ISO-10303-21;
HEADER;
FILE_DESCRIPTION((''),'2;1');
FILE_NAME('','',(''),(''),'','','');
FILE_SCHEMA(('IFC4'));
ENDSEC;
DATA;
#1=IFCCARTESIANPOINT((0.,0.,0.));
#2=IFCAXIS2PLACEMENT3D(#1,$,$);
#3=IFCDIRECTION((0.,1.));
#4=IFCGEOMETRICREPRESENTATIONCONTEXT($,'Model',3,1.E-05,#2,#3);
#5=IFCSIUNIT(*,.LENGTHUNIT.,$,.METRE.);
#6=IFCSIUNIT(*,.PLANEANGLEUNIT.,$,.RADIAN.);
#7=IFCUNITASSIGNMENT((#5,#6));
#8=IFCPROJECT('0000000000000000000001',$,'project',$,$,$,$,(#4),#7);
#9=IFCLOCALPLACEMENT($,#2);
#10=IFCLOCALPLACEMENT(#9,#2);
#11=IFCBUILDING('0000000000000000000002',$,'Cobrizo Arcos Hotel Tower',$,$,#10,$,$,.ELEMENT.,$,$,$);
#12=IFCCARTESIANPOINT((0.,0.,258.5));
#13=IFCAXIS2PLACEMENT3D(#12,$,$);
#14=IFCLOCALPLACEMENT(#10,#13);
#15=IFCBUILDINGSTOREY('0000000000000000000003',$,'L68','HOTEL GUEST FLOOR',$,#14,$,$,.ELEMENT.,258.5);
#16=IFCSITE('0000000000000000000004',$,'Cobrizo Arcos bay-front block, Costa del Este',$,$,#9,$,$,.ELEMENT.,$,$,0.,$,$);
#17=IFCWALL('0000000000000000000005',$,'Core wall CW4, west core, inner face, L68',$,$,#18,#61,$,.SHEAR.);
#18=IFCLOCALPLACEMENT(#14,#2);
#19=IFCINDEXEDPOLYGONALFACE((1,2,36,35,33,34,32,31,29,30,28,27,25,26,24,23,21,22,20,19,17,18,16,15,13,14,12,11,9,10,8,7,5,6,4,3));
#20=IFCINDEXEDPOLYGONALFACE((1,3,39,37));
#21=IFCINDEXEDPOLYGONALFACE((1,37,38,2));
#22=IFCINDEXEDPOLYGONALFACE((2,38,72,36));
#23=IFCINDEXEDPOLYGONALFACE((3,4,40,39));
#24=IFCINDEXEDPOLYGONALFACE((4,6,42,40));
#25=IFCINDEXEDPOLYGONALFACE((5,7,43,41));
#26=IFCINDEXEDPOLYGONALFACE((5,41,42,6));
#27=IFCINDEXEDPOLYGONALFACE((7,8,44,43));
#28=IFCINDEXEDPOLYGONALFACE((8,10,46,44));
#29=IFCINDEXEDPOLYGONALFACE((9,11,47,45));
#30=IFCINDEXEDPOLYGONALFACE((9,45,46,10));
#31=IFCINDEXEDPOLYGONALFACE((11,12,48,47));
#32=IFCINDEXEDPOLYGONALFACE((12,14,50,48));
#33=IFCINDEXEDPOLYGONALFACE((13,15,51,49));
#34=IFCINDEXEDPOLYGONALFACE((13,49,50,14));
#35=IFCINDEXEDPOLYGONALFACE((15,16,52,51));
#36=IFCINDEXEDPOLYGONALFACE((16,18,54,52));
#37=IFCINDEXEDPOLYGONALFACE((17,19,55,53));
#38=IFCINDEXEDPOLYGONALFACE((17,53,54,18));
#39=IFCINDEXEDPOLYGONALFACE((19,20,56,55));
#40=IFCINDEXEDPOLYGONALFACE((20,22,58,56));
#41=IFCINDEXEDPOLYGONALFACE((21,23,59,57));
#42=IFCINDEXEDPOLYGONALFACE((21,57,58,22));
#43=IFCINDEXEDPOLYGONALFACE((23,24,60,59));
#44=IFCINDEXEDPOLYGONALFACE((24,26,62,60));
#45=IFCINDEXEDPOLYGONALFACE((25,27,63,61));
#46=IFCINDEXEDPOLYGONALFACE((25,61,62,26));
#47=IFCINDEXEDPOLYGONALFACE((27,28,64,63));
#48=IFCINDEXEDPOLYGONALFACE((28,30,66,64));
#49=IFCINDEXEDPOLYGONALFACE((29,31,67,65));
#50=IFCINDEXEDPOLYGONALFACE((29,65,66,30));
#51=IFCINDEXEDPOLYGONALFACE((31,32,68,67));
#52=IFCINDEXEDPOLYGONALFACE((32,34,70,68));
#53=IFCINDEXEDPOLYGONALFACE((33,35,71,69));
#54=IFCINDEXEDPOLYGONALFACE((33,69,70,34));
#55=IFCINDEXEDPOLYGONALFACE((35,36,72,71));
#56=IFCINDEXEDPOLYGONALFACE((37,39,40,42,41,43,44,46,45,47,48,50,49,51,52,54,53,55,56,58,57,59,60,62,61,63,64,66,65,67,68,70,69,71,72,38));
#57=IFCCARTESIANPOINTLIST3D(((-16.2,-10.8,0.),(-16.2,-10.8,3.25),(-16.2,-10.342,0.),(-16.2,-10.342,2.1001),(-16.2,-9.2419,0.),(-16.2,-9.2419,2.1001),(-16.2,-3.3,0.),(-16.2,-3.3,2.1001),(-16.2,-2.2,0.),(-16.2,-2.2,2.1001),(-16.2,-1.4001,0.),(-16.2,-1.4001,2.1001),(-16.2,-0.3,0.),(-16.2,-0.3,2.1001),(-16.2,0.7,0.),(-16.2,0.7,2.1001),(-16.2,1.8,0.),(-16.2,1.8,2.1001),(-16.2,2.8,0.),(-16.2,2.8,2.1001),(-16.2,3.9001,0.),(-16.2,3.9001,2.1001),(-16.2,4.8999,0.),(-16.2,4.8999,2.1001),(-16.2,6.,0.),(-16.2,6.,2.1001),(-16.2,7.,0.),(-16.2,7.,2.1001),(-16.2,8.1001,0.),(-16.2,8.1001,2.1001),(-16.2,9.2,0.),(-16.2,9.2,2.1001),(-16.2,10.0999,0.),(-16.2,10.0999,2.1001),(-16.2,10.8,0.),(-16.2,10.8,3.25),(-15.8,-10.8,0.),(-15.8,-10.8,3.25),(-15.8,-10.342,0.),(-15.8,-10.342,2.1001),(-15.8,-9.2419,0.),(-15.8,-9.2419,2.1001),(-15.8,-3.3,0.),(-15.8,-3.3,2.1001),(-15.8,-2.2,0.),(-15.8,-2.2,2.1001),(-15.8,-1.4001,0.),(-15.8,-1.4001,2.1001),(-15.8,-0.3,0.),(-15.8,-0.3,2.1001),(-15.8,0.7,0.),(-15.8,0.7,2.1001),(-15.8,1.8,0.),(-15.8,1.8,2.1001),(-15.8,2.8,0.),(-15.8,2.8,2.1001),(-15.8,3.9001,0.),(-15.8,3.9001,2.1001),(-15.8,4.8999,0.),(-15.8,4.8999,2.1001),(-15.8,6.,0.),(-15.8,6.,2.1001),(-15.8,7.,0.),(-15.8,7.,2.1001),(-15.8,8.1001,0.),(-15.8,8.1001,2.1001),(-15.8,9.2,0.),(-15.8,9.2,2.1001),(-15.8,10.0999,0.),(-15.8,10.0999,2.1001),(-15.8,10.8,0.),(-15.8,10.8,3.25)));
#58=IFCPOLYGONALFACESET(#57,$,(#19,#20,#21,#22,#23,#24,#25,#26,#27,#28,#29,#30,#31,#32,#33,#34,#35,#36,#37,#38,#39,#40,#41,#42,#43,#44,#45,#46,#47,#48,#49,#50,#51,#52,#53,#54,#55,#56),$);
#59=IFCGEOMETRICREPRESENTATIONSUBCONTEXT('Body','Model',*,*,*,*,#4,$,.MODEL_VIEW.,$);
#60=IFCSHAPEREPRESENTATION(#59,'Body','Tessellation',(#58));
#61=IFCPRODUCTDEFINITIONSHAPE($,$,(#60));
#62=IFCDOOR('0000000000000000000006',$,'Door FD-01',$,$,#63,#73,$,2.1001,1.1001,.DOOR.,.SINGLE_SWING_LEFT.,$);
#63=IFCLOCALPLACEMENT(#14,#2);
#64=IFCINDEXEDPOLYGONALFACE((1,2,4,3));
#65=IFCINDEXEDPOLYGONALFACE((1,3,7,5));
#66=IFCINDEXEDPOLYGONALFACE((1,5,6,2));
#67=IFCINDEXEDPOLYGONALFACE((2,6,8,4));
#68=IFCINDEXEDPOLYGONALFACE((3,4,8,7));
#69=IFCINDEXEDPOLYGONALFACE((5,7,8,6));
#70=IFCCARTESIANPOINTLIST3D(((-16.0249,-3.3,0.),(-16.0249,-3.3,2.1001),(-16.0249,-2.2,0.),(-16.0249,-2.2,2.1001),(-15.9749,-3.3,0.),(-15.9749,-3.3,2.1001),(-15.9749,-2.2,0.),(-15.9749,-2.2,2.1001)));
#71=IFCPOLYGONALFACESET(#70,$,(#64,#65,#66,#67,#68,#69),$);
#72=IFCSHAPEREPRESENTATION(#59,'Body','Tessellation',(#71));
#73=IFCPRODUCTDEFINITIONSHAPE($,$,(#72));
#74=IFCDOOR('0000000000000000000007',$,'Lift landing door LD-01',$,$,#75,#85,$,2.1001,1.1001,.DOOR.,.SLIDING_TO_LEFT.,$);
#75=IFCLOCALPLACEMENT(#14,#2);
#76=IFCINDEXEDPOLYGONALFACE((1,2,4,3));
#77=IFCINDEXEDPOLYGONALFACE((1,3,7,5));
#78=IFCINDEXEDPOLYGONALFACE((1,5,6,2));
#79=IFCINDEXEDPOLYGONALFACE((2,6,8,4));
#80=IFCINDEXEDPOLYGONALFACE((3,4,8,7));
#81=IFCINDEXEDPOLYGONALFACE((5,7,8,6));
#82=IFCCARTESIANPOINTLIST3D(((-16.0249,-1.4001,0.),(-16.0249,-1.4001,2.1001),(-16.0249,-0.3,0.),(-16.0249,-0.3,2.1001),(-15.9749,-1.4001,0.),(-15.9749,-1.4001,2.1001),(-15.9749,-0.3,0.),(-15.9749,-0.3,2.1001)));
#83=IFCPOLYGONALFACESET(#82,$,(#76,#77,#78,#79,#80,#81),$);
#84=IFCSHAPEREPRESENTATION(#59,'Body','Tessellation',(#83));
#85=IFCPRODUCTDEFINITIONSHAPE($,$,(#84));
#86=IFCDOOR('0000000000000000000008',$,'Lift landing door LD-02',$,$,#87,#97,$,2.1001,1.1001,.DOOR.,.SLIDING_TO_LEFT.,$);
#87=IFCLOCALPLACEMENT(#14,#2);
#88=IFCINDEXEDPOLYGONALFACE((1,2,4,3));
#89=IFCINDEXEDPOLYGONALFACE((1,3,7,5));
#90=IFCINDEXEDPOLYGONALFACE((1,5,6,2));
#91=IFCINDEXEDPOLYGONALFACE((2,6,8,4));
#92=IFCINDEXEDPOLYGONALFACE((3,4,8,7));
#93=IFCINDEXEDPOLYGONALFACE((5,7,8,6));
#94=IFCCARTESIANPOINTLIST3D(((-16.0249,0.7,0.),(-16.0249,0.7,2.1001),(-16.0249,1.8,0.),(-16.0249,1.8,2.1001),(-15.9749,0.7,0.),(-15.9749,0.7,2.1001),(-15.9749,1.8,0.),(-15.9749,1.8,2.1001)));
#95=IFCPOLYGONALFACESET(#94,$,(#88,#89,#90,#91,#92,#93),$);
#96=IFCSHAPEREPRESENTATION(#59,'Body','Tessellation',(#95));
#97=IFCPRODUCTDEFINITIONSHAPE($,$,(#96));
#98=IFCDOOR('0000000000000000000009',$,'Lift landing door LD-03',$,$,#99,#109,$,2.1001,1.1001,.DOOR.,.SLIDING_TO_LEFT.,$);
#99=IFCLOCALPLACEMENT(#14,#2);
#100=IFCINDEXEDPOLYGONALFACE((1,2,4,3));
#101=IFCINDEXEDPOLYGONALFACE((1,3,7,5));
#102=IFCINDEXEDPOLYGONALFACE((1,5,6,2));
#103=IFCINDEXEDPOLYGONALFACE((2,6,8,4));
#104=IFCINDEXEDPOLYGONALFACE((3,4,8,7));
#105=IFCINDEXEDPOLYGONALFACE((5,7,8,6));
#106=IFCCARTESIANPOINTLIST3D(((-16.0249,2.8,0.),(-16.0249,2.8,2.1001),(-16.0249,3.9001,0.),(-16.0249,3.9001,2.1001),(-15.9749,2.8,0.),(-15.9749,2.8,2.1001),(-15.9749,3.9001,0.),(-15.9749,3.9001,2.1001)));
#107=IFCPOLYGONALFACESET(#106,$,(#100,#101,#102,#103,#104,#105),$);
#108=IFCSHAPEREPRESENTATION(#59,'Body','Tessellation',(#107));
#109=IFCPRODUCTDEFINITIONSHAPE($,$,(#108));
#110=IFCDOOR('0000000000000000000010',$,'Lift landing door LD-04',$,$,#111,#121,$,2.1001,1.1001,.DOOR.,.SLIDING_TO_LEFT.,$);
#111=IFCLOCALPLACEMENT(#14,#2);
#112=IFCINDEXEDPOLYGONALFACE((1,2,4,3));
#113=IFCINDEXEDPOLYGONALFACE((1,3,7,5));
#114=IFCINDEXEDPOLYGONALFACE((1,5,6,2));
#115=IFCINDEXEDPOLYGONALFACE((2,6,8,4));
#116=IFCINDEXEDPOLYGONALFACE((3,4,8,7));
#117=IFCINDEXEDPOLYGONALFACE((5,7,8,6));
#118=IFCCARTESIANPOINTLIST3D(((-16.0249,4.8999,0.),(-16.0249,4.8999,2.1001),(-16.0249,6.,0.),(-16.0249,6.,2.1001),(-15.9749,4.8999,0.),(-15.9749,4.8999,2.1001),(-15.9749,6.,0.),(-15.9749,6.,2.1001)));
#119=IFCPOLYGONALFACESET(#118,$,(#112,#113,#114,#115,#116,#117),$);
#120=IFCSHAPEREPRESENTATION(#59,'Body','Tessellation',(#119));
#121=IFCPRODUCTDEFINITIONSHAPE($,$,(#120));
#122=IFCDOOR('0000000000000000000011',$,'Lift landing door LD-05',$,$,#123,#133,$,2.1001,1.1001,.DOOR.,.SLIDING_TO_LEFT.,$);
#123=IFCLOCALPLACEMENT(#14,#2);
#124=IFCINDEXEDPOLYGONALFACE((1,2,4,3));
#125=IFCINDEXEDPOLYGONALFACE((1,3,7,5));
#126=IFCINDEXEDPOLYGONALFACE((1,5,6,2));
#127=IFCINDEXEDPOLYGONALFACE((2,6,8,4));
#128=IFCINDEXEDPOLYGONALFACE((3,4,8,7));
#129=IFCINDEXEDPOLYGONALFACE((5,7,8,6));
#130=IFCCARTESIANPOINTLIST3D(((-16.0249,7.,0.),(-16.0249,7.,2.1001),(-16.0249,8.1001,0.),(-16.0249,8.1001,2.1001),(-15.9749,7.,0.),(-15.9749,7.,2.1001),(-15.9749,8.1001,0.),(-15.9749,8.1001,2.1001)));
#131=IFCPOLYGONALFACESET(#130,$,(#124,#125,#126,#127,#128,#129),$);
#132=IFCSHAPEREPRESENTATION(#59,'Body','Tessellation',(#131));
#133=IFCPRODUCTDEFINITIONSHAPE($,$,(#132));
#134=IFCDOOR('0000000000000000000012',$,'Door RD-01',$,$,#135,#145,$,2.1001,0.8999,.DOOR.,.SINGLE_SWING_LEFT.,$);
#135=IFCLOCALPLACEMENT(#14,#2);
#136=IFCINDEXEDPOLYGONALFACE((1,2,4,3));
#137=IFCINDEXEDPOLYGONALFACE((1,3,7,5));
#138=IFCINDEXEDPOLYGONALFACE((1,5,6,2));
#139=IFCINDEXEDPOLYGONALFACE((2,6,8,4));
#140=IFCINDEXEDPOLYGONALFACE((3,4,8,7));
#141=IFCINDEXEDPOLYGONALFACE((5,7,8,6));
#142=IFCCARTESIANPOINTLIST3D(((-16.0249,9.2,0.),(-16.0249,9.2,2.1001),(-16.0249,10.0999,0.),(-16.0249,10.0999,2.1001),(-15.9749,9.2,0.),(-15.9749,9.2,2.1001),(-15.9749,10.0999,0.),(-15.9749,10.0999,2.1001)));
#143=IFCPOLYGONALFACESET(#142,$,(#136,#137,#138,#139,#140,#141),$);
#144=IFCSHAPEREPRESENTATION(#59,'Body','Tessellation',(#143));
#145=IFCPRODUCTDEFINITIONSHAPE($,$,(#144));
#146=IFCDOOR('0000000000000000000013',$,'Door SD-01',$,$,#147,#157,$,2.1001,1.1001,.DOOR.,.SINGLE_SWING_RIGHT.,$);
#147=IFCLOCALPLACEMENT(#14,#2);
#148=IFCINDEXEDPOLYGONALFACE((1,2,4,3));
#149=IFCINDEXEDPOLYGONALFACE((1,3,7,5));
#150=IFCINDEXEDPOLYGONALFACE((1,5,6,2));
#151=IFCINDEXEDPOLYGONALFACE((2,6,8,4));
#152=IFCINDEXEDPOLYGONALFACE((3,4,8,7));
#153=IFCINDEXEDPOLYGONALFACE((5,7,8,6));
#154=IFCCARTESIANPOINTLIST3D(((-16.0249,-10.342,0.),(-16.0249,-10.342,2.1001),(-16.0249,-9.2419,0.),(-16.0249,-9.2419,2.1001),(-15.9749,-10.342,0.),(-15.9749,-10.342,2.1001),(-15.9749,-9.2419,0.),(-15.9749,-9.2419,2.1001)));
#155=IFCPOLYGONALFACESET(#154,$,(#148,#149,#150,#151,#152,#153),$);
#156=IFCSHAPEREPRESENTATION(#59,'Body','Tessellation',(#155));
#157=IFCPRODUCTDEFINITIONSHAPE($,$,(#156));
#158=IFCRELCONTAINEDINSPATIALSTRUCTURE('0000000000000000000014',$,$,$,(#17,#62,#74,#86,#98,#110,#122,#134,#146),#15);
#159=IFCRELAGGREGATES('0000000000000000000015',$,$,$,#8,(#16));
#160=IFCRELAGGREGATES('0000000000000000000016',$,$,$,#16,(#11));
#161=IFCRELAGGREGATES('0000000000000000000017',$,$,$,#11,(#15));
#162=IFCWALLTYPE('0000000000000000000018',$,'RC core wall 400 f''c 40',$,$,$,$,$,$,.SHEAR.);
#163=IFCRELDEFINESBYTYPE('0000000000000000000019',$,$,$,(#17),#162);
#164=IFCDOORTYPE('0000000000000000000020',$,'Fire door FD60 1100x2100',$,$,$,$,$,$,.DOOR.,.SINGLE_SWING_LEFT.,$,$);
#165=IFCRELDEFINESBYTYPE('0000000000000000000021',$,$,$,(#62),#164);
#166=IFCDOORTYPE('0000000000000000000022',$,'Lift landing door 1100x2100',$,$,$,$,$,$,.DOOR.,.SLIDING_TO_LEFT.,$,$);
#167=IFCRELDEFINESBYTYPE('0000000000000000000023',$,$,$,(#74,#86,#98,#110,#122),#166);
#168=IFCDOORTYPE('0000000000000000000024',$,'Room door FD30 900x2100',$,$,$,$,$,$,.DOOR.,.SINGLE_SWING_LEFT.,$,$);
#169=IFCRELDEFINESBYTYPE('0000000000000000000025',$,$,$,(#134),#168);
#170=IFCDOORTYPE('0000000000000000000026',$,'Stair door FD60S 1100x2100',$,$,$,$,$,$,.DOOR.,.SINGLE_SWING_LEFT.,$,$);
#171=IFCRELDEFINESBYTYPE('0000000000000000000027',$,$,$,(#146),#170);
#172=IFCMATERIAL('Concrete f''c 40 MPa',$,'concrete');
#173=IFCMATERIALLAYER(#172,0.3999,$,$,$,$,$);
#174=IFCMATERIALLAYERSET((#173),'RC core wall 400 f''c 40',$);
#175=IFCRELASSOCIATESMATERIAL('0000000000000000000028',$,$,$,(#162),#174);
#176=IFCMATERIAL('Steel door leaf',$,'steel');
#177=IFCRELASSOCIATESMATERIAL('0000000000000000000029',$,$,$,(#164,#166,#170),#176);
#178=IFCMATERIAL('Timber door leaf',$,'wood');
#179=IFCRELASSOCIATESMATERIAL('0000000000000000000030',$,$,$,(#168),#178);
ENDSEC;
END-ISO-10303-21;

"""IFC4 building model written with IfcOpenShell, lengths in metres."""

from ifc_helpers import new_model, si_unit, direction, frame, frame_2d, origin, place, context, subcontext, project, spatial, rectangle, extrude, material, layer, layer_set, type_object, element, fill, save


model = new_model("IFC4")

# Units and contexts
model_context = context("Model", 3, precision=1e-05, world=origin(), true_north=direction((0.0, 1.0)))
body_context = subcontext(model_context, "Body", "Model", "MODEL_VIEW")
ifc_project = project(units=[si_unit("LENGTHUNIT", "METRE"), si_unit("PLANEANGLEUNIT", "RADIAN")], contexts=[model_context])

# Site, building, storey
site_placement = place(None, origin())
site = spatial("IfcSite", under=ifc_project, at=site_placement, Name="Cobrizo Arcos bay-front block, Costa del Este", CompositionType="ELEMENT", RefElevation=0.0)
building_placement = place(site_placement, origin())
building = spatial("IfcBuilding", under=site, at=building_placement, Name="Cobrizo Arcos Hotel Tower", CompositionType="ELEMENT")
storey_placement = place(building_placement, frame((0.0, 0.0, 258.5)))
storey = spatial("IfcBuildingStorey", under=building, at=storey_placement, Name="L68", Description="HOTEL GUEST FLOOR", CompositionType="ELEMENT", Elevation=258.5)

# Wall, openings, doors
ifc_material_1 = material(Name="Concrete f'c 40 MPa", Category="concrete")
ifc_layer_1 = layer(ifc_material_1, 0.3999)
ifc_layer_set_1 = layer_set([ifc_layer_1], Name="RC core wall 400 f'c 40")
wall_type_1 = type_object("IfcWallType", Name="RC core wall 400 f'c 40", PredefinedType="SHEAR", material=ifc_layer_set_1)
wall_1_placement = place(storey_placement, frame((-16.0, -10.8, 0.0), z_axis=(0.0, 0.0, 1.0), x_axis=(0.0, 1.0, 0.0)))
wall_1 = element("IfcWall", 1, at=wall_1_placement, inside=storey, type_object=wall_type_1, Name="Core wall CW4, west core, inner face, L68", PredefinedType="SHEAR", context=body_context, shape_type="SweptSolid", body=[
    extrude(rectangle(XDim=21.6001, YDim=0.3999, at=frame_2d((10.8, 0.0))), origin(), (0.0, 0.0, 1.0), 3.25),
])
opening_1_placement = place(wall_1_placement, frame((9.3999, 0.0, 0.0)))
opening_1 = element("IfcOpeningElement", 2, at=opening_1_placement, cuts=wall_1, PredefinedType="OPENING", context=body_context, shape_type="SweptSolid", body=[
    extrude(rectangle(XDim=1.1001, YDim=2.1001, at=frame_2d((0.55, 1.05))), frame((0.0, 0.2119, 0.0), z_axis=(0.0, -1.0, 0.0), x_axis=(1.0, 0.0, 0.0)), (0.0, 0.0, 1.0), 0.4238),
])
opening_2_placement = place(wall_1_placement, frame((11.5, 0.0, 0.0)))
opening_2 = element("IfcOpeningElement", 3, at=opening_2_placement, cuts=wall_1, PredefinedType="OPENING", context=body_context, shape_type="SweptSolid", body=[
    extrude(rectangle(XDim=1.1001, YDim=2.1001, at=frame_2d((0.55, 1.05))), frame((0.0, 0.2119, 0.0), z_axis=(0.0, -1.0, 0.0), x_axis=(1.0, 0.0, 0.0)), (0.0, 0.0, 1.0), 0.4238),
])
opening_3_placement = place(wall_1_placement, frame((13.6001, 0.0, 0.0)))
opening_3 = element("IfcOpeningElement", 4, at=opening_3_placement, cuts=wall_1, PredefinedType="OPENING", context=body_context, shape_type="SweptSolid", body=[
    extrude(rectangle(XDim=1.1001, YDim=2.1001, at=frame_2d((0.55, 1.05))), frame((0.0, 0.2119, 0.0), z_axis=(0.0, -1.0, 0.0), x_axis=(1.0, 0.0, 0.0)), (0.0, 0.0, 1.0), 0.4238),
])
opening_4_placement = place(wall_1_placement, frame((15.7, 0.0, 0.0)))
opening_4 = element("IfcOpeningElement", 5, at=opening_4_placement, cuts=wall_1, PredefinedType="OPENING", context=body_context, shape_type="SweptSolid", body=[
    extrude(rectangle(XDim=1.1001, YDim=2.1001, at=frame_2d((0.55, 1.05))), frame((0.0, 0.2119, 0.0), z_axis=(0.0, -1.0, 0.0), x_axis=(1.0, 0.0, 0.0)), (0.0, 0.0, 1.0), 0.4238),
])
opening_5_placement = place(wall_1_placement, frame((17.8, 0.0, 0.0)))
opening_5 = element("IfcOpeningElement", 6, at=opening_5_placement, cuts=wall_1, PredefinedType="OPENING", context=body_context, shape_type="SweptSolid", body=[
    extrude(rectangle(XDim=1.1001, YDim=2.1001, at=frame_2d((0.55, 1.05))), frame((0.0, 0.2119, 0.0), z_axis=(0.0, -1.0, 0.0), x_axis=(1.0, 0.0, 0.0)), (0.0, 0.0, 1.0), 0.4238),
])
opening_6_placement = place(wall_1_placement, frame((0.458, 0.0, 0.0)))
opening_6 = element("IfcOpeningElement", 7, at=opening_6_placement, cuts=wall_1, PredefinedType="OPENING", context=body_context, shape_type="SweptSolid", body=[
    extrude(rectangle(XDim=1.1001, YDim=2.1001, at=frame_2d((0.55, 1.05))), frame((0.0, 0.2119, 0.0), z_axis=(0.0, -1.0, 0.0), x_axis=(1.0, 0.0, 0.0)), (0.0, 0.0, 1.0), 0.4238),
])
opening_7_placement = place(wall_1_placement, frame((7.5, 0.0, 0.0)))
opening_7 = element("IfcOpeningElement", 8, at=opening_7_placement, cuts=wall_1, PredefinedType="OPENING", context=body_context, shape_type="SweptSolid", body=[
    extrude(rectangle(XDim=1.1001, YDim=2.1001, at=frame_2d((0.55, 1.05))), frame((0.0, 0.2119, 0.0), z_axis=(0.0, -1.0, 0.0), x_axis=(1.0, 0.0, 0.0)), (0.0, 0.0, 1.0), 0.4238),
])
opening_8_placement = place(wall_1_placement, frame((20.0, 0.0, 0.0)))
opening_8 = element("IfcOpeningElement", 9, at=opening_8_placement, cuts=wall_1, PredefinedType="OPENING", context=body_context, shape_type="SweptSolid", body=[
    extrude(rectangle(XDim=0.8999, YDim=2.1001, at=frame_2d((0.45, 1.05))), frame((0.0, 0.2119, 0.0), z_axis=(0.0, -1.0, 0.0), x_axis=(1.0, 0.0, 0.0)), (0.0, 0.0, 1.0), 0.4238),
])
ifc_material_2 = material(Name="Steel door leaf", Category="steel")
door_type_1 = type_object("IfcDoorType", Name="Fire door FD60 1100x2100", OperationType="SINGLE_SWING_LEFT", PredefinedType="DOOR", material=ifc_material_2)
door_1_placement = place(opening_7_placement, origin())
door_1 = element("IfcDoor", 10, at=door_1_placement, inside=storey, type_object=door_type_1, Name="Door FD-01", OperationType="SINGLE_SWING_LEFT", OverallHeight=2.1001, OverallWidth=1.1001, PredefinedType="DOOR", context=body_context, shape_type="SweptSolid", body=[
    extrude(rectangle(XDim=1.1001, YDim=2.1001, at=frame_2d((0.55, 1.05))), frame((0.0, 0.0249, 0.0), z_axis=(0.0, -1.0, 0.0), x_axis=(1.0, 0.0, 0.0)), (0.0, 0.0, 1.0), 0.05),
])
fill(opening_7, door_1)
door_type_2 = type_object("IfcDoorType", Name="Lift landing door 1100x2100", OperationType="SLIDING_TO_LEFT", PredefinedType="DOOR", material=ifc_material_2)
door_2_placement = place(opening_1_placement, origin())
door_2 = element("IfcDoor", 11, at=door_2_placement, inside=storey, type_object=door_type_2, Name="Lift landing door LD-01", OperationType="SLIDING_TO_LEFT", OverallHeight=2.1001, OverallWidth=1.1001, PredefinedType="DOOR", context=body_context, shape_type="SweptSolid", body=[
    extrude(rectangle(XDim=1.1001, YDim=2.1001, at=frame_2d((0.55, 1.05))), frame((0.0, 0.0249, 0.0), z_axis=(0.0, -1.0, 0.0), x_axis=(1.0, 0.0, 0.0)), (0.0, 0.0, 1.0), 0.05),
])
fill(opening_1, door_2)
door_3_placement = place(opening_2_placement, origin())
door_3 = element("IfcDoor", 12, at=door_3_placement, inside=storey, type_object=door_type_2, Name="Lift landing door LD-02", OperationType="SLIDING_TO_LEFT", OverallHeight=2.1001, OverallWidth=1.1001, PredefinedType="DOOR", context=body_context, shape_type="SweptSolid", body=[
    extrude(rectangle(XDim=1.1001, YDim=2.1001, at=frame_2d((0.55, 1.05))), frame((0.0, 0.0249, 0.0), z_axis=(0.0, -1.0, 0.0), x_axis=(1.0, 0.0, 0.0)), (0.0, 0.0, 1.0), 0.05),
])
fill(opening_2, door_3)
door_4_placement = place(opening_3_placement, origin())
door_4 = element("IfcDoor", 13, at=door_4_placement, inside=storey, type_object=door_type_2, Name="Lift landing door LD-03", OperationType="SLIDING_TO_LEFT", OverallHeight=2.1001, OverallWidth=1.1001, PredefinedType="DOOR", context=body_context, shape_type="SweptSolid", body=[
    extrude(rectangle(XDim=1.1001, YDim=2.1001, at=frame_2d((0.55, 1.05))), frame((0.0, 0.0249, 0.0), z_axis=(0.0, -1.0, 0.0), x_axis=(1.0, 0.0, 0.0)), (0.0, 0.0, 1.0), 0.05),
])
fill(opening_3, door_4)
door_5_placement = place(opening_4_placement, origin())
door_5 = element("IfcDoor", 14, at=door_5_placement, inside=storey, type_object=door_type_2, Name="Lift landing door LD-04", OperationType="SLIDING_TO_LEFT", OverallHeight=2.1001, OverallWidth=1.1001, PredefinedType="DOOR", context=body_context, shape_type="SweptSolid", body=[
    extrude(rectangle(XDim=1.1001, YDim=2.1001, at=frame_2d((0.55, 1.05))), frame((0.0, 0.0249, 0.0), z_axis=(0.0, -1.0, 0.0), x_axis=(1.0, 0.0, 0.0)), (0.0, 0.0, 1.0), 0.05),
])
fill(opening_4, door_5)
door_6_placement = place(opening_5_placement, origin())
door_6 = element("IfcDoor", 15, at=door_6_placement, inside=storey, type_object=door_type_2, Name="Lift landing door LD-05", OperationType="SLIDING_TO_LEFT", OverallHeight=2.1001, OverallWidth=1.1001, PredefinedType="DOOR", context=body_context, shape_type="SweptSolid", body=[
    extrude(rectangle(XDim=1.1001, YDim=2.1001, at=frame_2d((0.55, 1.05))), frame((0.0, 0.0249, 0.0), z_axis=(0.0, -1.0, 0.0), x_axis=(1.0, 0.0, 0.0)), (0.0, 0.0, 1.0), 0.05),
])
fill(opening_5, door_6)
ifc_material_3 = material(Name="Timber door leaf", Category="wood")
door_type_3 = type_object("IfcDoorType", Name="Room door FD30 900x2100", OperationType="SINGLE_SWING_LEFT", PredefinedType="DOOR", material=ifc_material_3)
door_7_placement = place(opening_8_placement, origin())
door_7 = element("IfcDoor", 16, at=door_7_placement, inside=storey, type_object=door_type_3, Name="Door RD-01", OperationType="SINGLE_SWING_LEFT", OverallHeight=2.1001, OverallWidth=0.8999, PredefinedType="DOOR", context=body_context, shape_type="SweptSolid", body=[
    extrude(rectangle(XDim=0.8999, YDim=2.1001, at=frame_2d((0.45, 1.05))), frame((0.0, 0.0249, 0.0), z_axis=(0.0, -1.0, 0.0), x_axis=(1.0, 0.0, 0.0)), (0.0, 0.0, 1.0), 0.05),
])
fill(opening_8, door_7)
door_type_4 = type_object("IfcDoorType", Name="Stair door FD60S 1100x2100", OperationType="SINGLE_SWING_LEFT", PredefinedType="DOOR", material=ifc_material_2)
door_8_placement = place(opening_6_placement, origin())
door_8 = element("IfcDoor", 17, at=door_8_placement, inside=storey, type_object=door_type_4, Name="Door SD-01", OperationType="SINGLE_SWING_RIGHT", OverallHeight=2.1001, OverallWidth=1.1001, PredefinedType="DOOR", context=body_context, shape_type="SweptSolid", body=[
    extrude(rectangle(XDim=1.1001, YDim=2.1001, at=frame_2d((0.55, 1.05))), frame((0.0, 0.0249, 0.0), z_axis=(0.0, -1.0, 0.0), x_axis=(1.0, 0.0, 0.0)), (0.0, 0.0, 1.0), 0.05),
])
fill(opening_6, door_8)

save(model, "model.ifc")
